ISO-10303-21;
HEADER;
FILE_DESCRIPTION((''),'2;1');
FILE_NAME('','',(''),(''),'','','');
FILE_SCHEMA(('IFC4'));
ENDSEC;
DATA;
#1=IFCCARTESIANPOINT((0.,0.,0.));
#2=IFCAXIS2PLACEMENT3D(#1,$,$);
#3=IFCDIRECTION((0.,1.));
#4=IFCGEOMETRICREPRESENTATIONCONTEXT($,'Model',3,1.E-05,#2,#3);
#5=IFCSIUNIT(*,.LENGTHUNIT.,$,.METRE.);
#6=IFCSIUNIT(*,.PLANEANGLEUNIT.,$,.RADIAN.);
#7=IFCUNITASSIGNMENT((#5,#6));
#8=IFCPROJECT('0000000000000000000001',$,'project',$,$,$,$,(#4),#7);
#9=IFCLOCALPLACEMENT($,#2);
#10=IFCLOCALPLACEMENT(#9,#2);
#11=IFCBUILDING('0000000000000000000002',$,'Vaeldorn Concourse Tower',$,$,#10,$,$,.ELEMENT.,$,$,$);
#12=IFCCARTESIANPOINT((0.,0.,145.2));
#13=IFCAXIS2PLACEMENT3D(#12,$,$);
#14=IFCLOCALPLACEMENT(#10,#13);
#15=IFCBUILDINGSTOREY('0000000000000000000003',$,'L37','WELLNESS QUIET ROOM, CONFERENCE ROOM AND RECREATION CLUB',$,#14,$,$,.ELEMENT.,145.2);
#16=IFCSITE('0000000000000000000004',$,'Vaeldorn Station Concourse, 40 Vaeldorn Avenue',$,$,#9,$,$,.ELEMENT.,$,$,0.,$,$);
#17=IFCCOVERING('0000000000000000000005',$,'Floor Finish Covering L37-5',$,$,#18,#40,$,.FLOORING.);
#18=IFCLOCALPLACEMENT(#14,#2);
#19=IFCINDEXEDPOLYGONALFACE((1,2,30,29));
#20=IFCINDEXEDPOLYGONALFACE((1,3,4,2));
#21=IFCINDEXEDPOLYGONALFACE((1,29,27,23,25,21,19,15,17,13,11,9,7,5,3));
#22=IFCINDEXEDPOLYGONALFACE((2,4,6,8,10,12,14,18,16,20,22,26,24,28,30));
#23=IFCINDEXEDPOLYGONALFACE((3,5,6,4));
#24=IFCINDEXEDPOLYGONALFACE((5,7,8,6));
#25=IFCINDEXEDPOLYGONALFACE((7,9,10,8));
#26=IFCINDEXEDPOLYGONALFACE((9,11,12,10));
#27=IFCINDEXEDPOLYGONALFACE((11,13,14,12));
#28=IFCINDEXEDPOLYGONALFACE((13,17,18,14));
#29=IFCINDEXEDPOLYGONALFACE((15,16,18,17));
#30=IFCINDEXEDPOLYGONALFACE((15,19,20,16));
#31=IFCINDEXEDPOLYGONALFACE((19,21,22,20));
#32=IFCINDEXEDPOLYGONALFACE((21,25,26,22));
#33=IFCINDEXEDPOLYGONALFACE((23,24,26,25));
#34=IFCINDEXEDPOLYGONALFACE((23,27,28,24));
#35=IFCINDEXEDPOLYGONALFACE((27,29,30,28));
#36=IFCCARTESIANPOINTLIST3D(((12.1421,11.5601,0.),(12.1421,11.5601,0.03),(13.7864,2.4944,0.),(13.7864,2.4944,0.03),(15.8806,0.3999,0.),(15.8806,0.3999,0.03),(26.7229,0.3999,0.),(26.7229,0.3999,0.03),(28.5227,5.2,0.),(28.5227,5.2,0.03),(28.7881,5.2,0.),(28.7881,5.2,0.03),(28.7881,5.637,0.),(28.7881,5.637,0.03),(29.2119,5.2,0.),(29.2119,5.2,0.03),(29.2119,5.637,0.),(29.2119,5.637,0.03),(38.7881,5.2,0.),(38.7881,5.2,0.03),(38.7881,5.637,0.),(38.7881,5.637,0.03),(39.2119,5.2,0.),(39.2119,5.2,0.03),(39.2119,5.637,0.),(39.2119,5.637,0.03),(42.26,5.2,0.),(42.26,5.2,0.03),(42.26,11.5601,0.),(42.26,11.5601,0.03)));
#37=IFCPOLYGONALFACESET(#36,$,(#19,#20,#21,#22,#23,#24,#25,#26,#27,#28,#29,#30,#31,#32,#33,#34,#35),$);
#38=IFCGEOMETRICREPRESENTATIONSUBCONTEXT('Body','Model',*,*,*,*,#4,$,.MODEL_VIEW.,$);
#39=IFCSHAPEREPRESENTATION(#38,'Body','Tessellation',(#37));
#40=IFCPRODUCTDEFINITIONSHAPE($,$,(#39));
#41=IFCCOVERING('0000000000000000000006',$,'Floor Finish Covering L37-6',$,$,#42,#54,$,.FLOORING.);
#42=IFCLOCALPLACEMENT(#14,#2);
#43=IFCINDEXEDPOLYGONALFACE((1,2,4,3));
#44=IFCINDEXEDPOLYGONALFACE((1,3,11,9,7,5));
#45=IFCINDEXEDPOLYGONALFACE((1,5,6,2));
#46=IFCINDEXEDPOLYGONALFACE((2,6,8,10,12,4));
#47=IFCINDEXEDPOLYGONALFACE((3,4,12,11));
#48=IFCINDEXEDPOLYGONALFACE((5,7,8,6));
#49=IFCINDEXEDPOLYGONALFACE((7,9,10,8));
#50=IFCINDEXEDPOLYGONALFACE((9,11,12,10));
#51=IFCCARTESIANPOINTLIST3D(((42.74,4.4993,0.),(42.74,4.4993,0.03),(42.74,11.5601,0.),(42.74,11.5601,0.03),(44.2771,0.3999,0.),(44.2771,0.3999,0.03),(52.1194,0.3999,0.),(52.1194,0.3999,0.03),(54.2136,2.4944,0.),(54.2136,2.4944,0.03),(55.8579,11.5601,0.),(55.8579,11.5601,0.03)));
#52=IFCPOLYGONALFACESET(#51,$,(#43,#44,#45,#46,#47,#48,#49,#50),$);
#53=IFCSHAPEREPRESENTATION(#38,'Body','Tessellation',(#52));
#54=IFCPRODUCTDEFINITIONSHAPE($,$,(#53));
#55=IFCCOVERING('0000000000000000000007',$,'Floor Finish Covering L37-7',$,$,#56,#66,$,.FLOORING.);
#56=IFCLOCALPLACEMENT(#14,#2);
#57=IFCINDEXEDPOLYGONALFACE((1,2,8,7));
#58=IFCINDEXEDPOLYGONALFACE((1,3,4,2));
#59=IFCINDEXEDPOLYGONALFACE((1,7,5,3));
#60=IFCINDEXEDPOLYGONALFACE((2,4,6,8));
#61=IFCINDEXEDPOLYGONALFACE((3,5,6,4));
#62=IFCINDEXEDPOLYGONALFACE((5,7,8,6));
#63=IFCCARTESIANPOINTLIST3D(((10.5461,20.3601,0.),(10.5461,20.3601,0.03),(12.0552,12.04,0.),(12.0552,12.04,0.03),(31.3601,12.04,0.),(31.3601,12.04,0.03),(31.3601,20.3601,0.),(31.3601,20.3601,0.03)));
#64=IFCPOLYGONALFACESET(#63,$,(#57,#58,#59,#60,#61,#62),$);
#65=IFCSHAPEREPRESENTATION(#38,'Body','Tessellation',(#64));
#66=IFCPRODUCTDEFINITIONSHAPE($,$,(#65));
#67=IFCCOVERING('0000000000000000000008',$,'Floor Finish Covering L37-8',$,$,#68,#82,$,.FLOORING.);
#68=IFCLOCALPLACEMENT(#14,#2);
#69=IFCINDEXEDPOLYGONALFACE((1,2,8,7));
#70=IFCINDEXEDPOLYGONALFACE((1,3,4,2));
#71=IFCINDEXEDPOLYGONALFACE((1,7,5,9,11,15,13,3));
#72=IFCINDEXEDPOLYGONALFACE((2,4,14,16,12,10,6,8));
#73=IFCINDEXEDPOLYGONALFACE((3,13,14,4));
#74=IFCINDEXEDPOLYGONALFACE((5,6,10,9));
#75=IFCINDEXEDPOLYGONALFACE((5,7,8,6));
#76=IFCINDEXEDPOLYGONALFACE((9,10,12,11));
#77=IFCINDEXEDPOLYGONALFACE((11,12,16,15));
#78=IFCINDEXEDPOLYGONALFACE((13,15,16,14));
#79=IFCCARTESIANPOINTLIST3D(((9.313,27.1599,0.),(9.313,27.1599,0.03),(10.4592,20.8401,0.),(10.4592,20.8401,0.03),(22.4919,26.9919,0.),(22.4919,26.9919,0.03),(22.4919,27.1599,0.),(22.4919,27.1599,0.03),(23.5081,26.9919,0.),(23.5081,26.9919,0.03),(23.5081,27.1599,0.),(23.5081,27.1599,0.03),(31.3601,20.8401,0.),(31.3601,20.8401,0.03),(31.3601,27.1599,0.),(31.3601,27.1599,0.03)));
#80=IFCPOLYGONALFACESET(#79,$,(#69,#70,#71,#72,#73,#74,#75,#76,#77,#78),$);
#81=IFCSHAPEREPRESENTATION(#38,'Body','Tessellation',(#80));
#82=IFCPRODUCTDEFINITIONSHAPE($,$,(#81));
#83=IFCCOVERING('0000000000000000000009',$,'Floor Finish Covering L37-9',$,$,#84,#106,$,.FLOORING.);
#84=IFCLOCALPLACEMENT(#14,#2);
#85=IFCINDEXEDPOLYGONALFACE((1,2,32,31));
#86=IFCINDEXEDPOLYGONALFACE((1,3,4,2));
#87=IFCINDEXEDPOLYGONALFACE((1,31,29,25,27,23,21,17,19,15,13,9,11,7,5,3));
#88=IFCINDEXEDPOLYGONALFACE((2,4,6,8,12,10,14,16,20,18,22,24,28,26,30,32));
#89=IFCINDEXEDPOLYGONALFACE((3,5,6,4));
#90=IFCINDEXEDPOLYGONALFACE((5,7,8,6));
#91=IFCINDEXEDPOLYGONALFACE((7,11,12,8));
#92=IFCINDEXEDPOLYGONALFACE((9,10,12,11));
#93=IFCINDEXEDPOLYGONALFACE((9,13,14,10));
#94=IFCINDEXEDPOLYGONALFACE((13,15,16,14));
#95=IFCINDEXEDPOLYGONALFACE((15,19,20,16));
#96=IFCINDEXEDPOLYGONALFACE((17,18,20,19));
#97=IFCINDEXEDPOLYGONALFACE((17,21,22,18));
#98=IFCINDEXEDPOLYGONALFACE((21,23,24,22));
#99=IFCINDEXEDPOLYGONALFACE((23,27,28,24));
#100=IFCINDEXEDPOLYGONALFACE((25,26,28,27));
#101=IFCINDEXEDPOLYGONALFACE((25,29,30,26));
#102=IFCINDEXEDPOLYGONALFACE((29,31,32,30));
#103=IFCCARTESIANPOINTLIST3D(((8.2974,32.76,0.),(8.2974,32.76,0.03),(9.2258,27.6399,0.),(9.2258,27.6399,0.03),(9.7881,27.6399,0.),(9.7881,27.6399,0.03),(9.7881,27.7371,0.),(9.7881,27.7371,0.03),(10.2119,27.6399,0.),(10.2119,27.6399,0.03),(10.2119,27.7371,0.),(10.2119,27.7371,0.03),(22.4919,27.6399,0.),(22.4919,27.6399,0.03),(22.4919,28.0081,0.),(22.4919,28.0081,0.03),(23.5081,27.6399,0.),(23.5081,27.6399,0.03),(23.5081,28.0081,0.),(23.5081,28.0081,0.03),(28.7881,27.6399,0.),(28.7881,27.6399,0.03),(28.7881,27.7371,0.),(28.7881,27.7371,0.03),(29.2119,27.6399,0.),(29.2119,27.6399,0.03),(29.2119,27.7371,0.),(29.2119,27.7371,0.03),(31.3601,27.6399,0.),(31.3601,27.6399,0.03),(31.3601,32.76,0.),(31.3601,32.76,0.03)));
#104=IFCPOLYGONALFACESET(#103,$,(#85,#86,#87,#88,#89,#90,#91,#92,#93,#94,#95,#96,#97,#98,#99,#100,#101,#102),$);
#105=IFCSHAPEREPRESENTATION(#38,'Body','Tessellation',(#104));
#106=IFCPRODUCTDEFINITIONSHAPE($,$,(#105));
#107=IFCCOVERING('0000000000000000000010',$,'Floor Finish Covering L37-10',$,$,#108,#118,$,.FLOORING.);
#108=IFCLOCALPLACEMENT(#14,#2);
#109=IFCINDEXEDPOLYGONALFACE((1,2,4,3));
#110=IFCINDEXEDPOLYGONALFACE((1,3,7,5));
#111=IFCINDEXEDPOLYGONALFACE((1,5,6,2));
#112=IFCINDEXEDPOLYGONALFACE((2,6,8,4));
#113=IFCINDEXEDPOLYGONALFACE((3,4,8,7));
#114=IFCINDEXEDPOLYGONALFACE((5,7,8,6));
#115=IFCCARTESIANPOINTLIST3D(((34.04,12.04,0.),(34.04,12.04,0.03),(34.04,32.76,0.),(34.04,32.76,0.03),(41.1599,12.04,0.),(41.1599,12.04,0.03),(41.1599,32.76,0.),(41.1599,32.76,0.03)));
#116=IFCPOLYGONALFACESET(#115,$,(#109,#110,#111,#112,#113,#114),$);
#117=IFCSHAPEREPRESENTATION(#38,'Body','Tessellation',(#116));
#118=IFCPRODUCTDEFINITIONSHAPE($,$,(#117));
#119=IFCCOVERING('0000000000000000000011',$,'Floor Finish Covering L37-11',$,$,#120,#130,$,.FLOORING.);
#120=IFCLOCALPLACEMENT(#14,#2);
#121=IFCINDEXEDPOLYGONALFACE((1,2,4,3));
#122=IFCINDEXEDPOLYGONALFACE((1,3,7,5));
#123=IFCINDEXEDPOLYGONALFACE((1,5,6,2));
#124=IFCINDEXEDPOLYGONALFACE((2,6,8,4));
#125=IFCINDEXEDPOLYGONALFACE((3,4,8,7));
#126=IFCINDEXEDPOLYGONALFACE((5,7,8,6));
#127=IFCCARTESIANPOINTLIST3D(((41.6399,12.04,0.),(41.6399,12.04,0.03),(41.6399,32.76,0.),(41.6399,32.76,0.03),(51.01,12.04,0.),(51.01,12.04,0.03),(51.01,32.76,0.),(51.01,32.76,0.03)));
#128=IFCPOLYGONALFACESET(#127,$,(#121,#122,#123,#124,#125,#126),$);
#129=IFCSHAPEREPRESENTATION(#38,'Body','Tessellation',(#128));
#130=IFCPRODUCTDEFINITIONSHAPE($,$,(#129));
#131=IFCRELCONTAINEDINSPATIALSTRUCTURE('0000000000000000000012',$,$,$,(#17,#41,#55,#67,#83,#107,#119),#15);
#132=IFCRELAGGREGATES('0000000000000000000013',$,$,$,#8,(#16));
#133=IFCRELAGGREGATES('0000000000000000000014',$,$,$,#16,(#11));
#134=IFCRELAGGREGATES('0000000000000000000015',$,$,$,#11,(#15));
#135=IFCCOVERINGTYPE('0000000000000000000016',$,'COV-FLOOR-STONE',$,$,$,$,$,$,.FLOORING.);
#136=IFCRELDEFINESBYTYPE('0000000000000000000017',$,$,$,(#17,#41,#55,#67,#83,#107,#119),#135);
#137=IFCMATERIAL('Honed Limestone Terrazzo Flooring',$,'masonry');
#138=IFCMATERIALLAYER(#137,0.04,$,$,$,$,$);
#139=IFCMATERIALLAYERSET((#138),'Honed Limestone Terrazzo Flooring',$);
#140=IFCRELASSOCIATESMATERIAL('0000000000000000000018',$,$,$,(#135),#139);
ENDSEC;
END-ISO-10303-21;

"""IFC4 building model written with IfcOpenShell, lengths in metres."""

from ifc_helpers import new_model, si_unit, direction, frame, origin, place, context, subcontext, project, spatial, polyline, outline, extrude, material, layer, layer_set, type_object, element, save


model = new_model("IFC4")

# Units and contexts
model_context = context("Model", 3, precision=1e-05, world=origin(), true_north=direction((0.0, 1.0)))
body_context = subcontext(model_context, "Body", "Model", "MODEL_VIEW")
ifc_project = project(units=[si_unit("LENGTHUNIT", "METRE"), si_unit("PLANEANGLEUNIT", "RADIAN")], contexts=[model_context])

# Site, building, storey
site_placement = place(None, origin())
site = spatial("IfcSite", under=ifc_project, at=site_placement, Name="Vaeldorn Station Concourse, 40 Vaeldorn Avenue", CompositionType="ELEMENT", RefElevation=0.0)
building_placement = place(site_placement, origin())
building = spatial("IfcBuilding", under=site, at=building_placement, Name="Vaeldorn Concourse Tower", CompositionType="ELEMENT")
storey_placement = place(building_placement, frame((0.0, 0.0, 145.2)))
storey = spatial("IfcBuildingStorey", under=building, at=storey_placement, Name="L37", Description="WELLNESS QUIET ROOM, CONFERENCE ROOM AND RECREATION CLUB", CompositionType="ELEMENT", Elevation=145.2)

# Coverings
ifc_material_1 = material(Name="Honed Limestone Terrazzo Flooring", Category="masonry")
ifc_layer_1 = layer(ifc_material_1, 0.04)
ifc_layer_set_1 = layer_set([ifc_layer_1], Name="Honed Limestone Terrazzo Flooring")
covering_type_1 = type_object("IfcCoveringType", Name="COV-FLOOR-STONE", PredefinedType="FLOORING", material=ifc_layer_set_1)
covering_1_placement = place(storey_placement, origin())
element("IfcCovering", 1, at=covering_1_placement, inside=storey, type_object=covering_type_1, Name="Floor Finish Covering L37-5", PredefinedType="FLOORING", context=body_context, shape_type="SweptSolid", body=[
    extrude(outline(polyline([(42.26, 11.5601), (42.26, 5.2), (39.2119, 5.2), (39.2119, 5.637), (38.7881, 5.637), (38.7881, 5.2), (29.2119, 5.2), (29.2119, 5.637), (28.7881, 5.637), (28.7881, 5.2), (28.5227, 5.2), (26.7229, 0.3999), (15.8806, 0.3999), (13.7864, 2.4944), (12.1421, 11.5601), (42.26, 11.5601)])), origin(), (0.0, 0.0, 1.0), 0.03),
])
covering_2_placement = place(storey_placement, origin())
element("IfcCovering", 2, at=covering_2_placement, inside=storey, type_object=covering_type_1, Name="Floor Finish Covering L37-6", PredefinedType="FLOORING", context=body_context, shape_type="SweptSolid", body=[
    extrude(outline(polyline([(52.1194, 0.3999), (44.2771, 0.3999), (42.74, 4.4993), (42.74, 11.5601), (55.8579, 11.5601), (54.2136, 2.4944), (52.1194, 0.3999)])), origin(), (0.0, 0.0, 1.0), 0.03),
])
covering_3_placement = place(storey_placement, origin())
element("IfcCovering", 3, at=covering_3_placement, inside=storey, type_object=covering_type_1, Name="Floor Finish Covering L37-7", PredefinedType="FLOORING", context=body_context, shape_type="SweptSolid", body=[
    extrude(outline(polyline([(31.3601, 20.3601), (31.3601, 12.04), (12.0552, 12.04), (10.5461, 20.3601), (31.3601, 20.3601)])), origin(), (0.0, 0.0, 1.0), 0.03),
])
covering_4_placement = place(storey_placement, origin())
element("IfcCovering", 4, at=covering_4_placement, inside=storey, type_object=covering_type_1, Name="Floor Finish Covering L37-8", PredefinedType="FLOORING", context=body_context, shape_type="SweptSolid", body=[
    extrude(outline(polyline([(22.4919, 27.1599), (22.4919, 26.9919), (23.5081, 26.9919), (23.5081, 27.1599), (31.3601, 27.1599), (31.3601, 20.8401), (10.4592, 20.8401), (9.313, 27.1599), (22.4919, 27.1599)])), origin(), (0.0, 0.0, 1.0), 0.03),
])
covering_5_placement = place(storey_placement, origin())
element("IfcCovering", 5, at=covering_5_placement, inside=storey, type_object=covering_type_1, Name="Floor Finish Covering L37-9", PredefinedType="FLOORING", context=body_context, shape_type="SweptSolid", body=[
    extrude(outline(polyline([(31.3601, 32.76), (31.3601, 27.6399), (29.2119, 27.6399), (29.2119, 27.7371), (28.7881, 27.7371), (28.7881, 27.6399), (23.5081, 27.6399), (23.5081, 28.0081), (22.4919, 28.0081), (22.4919, 27.6399), (10.2119, 27.6399), (10.2119, 27.7371), (9.7881, 27.7371), (9.7881, 27.6399), (9.2258, 27.6399), (8.2974, 32.76), (31.3601, 32.76)])), origin(), (0.0, 0.0, 1.0), 0.03),
])
covering_6_placement = place(storey_placement, origin())
element("IfcCovering", 6, at=covering_6_placement, inside=storey, type_object=covering_type_1, Name="Floor Finish Covering L37-10", PredefinedType="FLOORING", context=body_context, shape_type="SweptSolid", body=[
    extrude(outline(polyline([(34.04, 32.76), (41.1599, 32.76), (41.1599, 12.04), (34.04, 12.04), (34.04, 32.76)])), origin(), (0.0, 0.0, 1.0), 0.03),
])
covering_7_placement = place(storey_placement, origin())
element("IfcCovering", 7, at=covering_7_placement, inside=storey, type_object=covering_type_1, Name="Floor Finish Covering L37-11", PredefinedType="FLOORING", context=body_context, shape_type="SweptSolid", body=[
    extrude(outline(polyline([(41.6399, 32.76), (51.01, 32.76), (51.01, 12.04), (41.6399, 12.04), (41.6399, 32.76)])), origin(), (0.0, 0.0, 1.0), 0.03),
])

save(model, "model.ifc")
